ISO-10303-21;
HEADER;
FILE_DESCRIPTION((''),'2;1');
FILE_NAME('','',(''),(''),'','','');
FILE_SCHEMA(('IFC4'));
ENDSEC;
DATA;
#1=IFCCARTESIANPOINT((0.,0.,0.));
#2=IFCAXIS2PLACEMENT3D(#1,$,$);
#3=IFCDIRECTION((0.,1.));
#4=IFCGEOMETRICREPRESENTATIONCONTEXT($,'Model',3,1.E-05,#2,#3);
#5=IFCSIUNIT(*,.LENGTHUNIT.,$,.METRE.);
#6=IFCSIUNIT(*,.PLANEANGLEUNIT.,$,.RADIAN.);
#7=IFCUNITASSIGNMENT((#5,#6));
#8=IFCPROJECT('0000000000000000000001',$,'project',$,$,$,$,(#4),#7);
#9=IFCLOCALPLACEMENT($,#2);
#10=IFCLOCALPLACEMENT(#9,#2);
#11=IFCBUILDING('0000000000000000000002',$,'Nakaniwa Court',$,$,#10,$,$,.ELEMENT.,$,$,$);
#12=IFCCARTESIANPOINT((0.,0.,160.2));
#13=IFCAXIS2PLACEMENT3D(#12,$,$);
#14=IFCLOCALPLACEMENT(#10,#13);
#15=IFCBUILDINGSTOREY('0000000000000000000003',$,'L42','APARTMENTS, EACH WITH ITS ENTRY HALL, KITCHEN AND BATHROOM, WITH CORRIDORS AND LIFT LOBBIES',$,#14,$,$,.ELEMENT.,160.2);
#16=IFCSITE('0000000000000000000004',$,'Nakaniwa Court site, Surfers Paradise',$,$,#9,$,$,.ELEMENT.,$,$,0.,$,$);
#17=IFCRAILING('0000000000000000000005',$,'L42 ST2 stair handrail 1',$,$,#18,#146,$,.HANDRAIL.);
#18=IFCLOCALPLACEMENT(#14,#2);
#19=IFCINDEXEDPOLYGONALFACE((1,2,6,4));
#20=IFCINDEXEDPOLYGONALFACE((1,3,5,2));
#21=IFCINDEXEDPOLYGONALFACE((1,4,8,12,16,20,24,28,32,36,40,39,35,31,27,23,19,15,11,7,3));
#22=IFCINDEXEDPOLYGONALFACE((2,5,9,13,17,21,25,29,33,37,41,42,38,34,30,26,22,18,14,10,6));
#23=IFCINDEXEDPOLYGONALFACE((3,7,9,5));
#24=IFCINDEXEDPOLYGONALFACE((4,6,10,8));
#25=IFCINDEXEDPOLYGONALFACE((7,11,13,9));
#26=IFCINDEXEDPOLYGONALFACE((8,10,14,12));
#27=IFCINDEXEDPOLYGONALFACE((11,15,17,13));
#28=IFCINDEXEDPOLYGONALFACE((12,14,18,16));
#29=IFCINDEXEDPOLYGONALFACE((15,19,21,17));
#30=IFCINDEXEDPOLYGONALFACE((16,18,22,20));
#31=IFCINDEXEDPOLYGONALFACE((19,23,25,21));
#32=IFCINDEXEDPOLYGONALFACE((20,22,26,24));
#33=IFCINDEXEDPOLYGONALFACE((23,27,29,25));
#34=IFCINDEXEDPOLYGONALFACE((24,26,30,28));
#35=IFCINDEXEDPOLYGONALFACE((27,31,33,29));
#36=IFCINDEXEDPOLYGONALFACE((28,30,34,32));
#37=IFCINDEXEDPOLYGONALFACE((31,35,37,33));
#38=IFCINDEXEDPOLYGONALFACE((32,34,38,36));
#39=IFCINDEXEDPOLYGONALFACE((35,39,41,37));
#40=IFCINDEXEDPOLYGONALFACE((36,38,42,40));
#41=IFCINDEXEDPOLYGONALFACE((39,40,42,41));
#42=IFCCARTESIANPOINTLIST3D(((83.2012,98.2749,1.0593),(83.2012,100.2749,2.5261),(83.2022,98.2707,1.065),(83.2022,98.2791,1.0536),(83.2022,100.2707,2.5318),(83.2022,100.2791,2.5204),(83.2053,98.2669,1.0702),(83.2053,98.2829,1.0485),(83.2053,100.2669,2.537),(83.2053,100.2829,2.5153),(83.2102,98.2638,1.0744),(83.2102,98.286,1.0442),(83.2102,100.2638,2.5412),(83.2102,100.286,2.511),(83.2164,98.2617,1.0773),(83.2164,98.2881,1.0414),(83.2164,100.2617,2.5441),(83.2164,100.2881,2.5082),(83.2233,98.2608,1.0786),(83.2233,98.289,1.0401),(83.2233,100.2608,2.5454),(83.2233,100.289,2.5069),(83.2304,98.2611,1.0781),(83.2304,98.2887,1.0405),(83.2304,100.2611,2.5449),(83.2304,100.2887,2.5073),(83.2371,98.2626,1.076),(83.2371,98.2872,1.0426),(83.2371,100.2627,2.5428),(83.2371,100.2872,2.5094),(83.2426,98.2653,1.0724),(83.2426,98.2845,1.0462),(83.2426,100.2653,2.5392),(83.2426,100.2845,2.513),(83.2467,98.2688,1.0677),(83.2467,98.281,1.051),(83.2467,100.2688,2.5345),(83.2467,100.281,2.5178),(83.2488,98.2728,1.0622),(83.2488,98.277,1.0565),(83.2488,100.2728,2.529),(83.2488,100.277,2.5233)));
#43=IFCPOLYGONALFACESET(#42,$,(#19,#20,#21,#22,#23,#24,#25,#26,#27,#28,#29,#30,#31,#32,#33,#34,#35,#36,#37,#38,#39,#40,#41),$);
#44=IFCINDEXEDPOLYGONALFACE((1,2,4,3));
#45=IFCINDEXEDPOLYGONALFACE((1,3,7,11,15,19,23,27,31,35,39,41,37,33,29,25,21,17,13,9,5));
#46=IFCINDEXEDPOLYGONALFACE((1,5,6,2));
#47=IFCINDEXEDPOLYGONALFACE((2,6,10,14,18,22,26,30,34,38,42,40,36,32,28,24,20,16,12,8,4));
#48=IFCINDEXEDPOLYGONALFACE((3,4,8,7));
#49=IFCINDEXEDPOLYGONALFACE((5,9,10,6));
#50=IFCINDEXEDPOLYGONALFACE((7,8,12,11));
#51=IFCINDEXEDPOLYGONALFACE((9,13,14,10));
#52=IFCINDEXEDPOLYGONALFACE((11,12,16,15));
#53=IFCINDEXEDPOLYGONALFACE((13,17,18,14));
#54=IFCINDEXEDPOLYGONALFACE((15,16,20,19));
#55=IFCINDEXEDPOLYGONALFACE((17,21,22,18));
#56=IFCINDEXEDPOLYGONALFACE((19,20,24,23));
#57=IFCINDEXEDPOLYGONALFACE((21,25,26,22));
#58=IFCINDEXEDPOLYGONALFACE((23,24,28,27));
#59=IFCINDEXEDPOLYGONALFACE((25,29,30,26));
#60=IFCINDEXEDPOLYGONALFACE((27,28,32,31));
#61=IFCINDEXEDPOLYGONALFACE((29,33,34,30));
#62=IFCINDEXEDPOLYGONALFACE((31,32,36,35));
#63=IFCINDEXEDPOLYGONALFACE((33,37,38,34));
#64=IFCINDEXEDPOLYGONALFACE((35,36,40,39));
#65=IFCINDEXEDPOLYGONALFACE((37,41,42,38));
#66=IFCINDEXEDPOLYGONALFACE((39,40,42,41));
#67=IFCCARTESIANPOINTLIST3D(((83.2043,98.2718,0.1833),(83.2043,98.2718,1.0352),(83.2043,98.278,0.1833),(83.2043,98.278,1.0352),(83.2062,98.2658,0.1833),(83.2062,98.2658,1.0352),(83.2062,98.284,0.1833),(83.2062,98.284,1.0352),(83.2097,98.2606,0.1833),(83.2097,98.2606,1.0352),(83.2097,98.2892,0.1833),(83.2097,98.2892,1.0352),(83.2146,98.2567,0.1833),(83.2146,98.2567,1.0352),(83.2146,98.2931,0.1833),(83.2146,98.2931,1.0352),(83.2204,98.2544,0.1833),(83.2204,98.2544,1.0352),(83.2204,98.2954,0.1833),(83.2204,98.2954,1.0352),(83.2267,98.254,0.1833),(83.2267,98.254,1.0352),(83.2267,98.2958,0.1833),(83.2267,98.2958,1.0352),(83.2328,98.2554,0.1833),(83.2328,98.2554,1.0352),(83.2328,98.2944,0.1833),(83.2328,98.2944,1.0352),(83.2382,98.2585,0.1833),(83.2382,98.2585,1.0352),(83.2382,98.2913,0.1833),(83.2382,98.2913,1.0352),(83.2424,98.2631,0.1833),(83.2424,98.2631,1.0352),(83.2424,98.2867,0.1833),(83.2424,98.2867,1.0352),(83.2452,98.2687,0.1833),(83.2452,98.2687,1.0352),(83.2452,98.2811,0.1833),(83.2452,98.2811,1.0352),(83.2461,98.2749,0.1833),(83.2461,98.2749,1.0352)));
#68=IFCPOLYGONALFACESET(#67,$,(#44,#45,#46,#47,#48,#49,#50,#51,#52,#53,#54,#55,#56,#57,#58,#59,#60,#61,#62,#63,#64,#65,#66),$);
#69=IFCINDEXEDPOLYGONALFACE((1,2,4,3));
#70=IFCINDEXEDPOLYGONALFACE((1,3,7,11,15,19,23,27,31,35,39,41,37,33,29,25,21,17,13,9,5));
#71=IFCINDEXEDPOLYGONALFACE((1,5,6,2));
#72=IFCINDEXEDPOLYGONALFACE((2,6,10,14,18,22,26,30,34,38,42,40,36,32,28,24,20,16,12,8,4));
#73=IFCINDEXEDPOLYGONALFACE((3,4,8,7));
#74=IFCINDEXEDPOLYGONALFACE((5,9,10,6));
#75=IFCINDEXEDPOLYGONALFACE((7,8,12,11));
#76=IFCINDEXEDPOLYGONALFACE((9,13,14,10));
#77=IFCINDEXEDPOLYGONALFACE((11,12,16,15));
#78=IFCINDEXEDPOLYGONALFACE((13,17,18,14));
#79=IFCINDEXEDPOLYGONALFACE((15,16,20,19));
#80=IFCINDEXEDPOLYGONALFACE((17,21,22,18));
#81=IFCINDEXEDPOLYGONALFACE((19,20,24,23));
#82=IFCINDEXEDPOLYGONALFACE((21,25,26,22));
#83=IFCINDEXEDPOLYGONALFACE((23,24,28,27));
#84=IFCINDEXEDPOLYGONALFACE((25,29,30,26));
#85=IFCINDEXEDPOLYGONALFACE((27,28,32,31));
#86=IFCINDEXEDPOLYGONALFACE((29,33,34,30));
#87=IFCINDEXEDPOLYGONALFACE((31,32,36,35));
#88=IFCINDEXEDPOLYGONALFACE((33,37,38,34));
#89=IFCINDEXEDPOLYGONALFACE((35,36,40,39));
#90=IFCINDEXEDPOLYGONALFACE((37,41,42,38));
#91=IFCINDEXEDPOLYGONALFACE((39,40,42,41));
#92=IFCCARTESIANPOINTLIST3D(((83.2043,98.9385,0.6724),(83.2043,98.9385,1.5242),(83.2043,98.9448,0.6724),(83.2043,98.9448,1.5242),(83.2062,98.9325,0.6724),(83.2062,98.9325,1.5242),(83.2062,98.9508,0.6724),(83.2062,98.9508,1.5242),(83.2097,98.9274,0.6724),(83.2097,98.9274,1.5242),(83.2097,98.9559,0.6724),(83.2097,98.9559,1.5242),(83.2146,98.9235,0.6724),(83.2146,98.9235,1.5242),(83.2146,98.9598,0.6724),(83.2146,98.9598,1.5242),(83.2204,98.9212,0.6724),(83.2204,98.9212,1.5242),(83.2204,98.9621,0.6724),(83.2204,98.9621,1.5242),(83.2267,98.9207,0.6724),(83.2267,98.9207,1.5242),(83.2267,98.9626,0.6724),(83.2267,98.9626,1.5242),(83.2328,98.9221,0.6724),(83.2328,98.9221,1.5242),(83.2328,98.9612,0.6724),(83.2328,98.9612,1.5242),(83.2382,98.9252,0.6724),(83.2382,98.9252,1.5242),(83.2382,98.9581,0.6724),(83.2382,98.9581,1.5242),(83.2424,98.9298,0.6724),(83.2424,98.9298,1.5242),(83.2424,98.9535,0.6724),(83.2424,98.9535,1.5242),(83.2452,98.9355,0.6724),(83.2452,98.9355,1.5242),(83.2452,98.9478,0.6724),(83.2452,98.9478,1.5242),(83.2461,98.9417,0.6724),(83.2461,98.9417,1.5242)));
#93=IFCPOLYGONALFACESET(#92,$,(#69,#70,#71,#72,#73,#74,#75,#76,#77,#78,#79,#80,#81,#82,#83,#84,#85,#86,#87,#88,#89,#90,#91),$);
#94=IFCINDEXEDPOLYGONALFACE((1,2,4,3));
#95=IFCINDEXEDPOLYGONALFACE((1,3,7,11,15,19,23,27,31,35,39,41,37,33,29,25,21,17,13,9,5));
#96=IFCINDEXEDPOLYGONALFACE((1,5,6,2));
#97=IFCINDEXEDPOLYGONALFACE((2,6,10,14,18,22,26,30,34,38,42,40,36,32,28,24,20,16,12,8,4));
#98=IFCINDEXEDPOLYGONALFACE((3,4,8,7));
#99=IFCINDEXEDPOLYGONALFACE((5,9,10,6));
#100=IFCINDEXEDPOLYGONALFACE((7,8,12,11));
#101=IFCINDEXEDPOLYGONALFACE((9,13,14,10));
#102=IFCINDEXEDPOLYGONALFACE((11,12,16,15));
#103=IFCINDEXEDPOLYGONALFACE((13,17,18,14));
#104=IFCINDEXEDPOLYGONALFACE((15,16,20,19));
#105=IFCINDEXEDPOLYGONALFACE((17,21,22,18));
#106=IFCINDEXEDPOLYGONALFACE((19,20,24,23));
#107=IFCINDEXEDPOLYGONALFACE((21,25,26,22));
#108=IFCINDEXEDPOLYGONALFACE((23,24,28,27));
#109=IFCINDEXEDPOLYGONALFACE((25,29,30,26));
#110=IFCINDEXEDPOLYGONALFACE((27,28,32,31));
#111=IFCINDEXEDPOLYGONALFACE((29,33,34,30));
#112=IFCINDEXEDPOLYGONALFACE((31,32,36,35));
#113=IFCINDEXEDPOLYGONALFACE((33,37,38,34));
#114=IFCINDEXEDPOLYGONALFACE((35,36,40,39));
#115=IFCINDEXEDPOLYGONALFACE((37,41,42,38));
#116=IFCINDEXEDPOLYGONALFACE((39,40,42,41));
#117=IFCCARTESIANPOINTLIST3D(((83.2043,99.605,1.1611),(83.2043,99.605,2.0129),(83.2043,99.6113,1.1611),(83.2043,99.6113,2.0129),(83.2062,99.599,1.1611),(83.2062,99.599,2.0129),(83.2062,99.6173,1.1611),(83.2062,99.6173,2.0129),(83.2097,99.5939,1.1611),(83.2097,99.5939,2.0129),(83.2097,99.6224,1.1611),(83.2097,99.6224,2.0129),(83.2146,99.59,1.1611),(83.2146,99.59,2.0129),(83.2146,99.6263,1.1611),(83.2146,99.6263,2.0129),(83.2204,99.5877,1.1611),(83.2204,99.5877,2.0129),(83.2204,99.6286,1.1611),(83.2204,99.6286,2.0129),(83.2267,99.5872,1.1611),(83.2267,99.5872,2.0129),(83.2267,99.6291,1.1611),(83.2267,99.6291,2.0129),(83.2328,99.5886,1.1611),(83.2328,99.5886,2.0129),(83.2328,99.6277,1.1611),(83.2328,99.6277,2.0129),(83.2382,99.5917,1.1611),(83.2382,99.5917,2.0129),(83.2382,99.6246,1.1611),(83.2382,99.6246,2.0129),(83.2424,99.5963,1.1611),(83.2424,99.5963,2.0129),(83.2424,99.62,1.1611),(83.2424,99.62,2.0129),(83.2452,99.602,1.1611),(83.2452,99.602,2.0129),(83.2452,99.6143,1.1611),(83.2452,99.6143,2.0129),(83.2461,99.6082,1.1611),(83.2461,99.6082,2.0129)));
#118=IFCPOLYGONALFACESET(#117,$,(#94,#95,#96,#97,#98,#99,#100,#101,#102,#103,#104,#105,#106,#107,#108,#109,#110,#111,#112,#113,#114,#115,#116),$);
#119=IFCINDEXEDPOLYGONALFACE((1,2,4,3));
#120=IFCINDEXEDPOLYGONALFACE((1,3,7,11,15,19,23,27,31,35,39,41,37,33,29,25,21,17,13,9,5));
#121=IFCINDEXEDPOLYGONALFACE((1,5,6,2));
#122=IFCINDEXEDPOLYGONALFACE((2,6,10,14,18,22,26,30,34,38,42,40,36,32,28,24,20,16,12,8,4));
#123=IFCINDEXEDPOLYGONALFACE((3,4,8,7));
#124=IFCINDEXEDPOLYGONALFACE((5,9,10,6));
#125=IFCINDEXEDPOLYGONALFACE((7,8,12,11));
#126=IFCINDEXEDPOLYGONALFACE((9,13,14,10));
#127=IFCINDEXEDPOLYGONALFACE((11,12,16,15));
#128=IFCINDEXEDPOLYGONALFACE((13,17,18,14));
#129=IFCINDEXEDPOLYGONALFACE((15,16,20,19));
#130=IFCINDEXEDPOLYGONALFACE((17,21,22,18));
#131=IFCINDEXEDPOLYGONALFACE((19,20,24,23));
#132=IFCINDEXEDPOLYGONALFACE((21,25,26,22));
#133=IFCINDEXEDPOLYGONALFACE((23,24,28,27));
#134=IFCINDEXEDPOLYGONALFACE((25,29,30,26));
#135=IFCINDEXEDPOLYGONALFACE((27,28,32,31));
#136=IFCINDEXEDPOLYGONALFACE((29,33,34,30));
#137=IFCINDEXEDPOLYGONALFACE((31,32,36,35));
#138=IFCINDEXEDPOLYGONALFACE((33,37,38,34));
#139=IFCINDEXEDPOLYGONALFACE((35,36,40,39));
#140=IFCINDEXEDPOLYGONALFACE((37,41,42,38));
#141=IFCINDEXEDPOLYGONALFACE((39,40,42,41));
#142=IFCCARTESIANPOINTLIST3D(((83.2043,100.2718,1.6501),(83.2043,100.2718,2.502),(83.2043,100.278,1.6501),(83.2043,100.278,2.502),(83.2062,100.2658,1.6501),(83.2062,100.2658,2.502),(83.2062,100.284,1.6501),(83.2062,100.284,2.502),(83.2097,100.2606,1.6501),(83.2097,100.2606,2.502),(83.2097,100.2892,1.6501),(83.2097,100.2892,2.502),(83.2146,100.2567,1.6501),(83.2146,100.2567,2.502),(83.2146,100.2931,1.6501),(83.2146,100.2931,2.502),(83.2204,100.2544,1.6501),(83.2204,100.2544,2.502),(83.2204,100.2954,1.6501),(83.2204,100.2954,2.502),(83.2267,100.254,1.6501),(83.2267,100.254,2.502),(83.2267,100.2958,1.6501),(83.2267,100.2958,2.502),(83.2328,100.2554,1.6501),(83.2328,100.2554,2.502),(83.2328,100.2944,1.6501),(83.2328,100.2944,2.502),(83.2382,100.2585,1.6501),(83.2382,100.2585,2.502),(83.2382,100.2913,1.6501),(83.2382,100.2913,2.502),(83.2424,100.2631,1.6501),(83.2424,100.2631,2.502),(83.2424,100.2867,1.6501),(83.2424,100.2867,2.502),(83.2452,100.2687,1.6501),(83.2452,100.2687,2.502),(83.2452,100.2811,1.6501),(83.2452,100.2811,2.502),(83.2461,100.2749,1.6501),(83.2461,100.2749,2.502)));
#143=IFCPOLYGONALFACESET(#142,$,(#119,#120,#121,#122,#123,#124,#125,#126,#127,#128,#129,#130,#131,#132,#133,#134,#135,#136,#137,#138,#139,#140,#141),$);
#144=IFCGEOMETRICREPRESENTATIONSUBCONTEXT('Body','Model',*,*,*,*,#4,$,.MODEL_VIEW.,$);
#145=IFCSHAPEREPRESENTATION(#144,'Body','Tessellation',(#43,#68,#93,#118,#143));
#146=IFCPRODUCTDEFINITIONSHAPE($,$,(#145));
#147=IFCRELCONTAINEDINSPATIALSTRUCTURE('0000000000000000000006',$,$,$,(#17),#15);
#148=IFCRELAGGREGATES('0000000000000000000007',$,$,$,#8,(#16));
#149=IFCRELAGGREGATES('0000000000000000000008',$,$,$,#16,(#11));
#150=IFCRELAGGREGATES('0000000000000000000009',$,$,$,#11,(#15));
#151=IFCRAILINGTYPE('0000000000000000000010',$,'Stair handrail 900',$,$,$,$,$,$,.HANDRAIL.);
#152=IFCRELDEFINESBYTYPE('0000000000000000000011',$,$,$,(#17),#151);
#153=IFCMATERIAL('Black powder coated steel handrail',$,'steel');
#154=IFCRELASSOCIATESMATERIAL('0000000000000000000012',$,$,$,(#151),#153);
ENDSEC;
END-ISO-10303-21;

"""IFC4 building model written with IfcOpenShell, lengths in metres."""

from ifc_helpers import new_model, si_unit, direction, frame, origin, origin_2d, place, context, subcontext, project, spatial, circle, extrude, material, type_object, element, save


model = new_model("IFC4")

# Units and contexts
model_context = context("Model", 3, precision=1e-05, world=origin(), true_north=direction((0.0, 1.0)))
body_context = subcontext(model_context, "Body", "Model", "MODEL_VIEW")
ifc_project = project(units=[si_unit("LENGTHUNIT", "METRE"), si_unit("PLANEANGLEUNIT", "RADIAN")], contexts=[model_context])

# Site, building, storey
site_placement = place(None, origin())
site = spatial("IfcSite", under=ifc_project, at=site_placement, Name="Nakaniwa Court site, Surfers Paradise", CompositionType="ELEMENT", RefElevation=0.0)
building_placement = place(site_placement, origin())
building = spatial("IfcBuilding", under=site, at=building_placement, Name="Nakaniwa Court", CompositionType="ELEMENT")
storey_placement = place(building_placement, frame((0.0, 0.0, 160.2)))
storey = spatial("IfcBuildingStorey", under=building, at=storey_placement, Name="L42", Description="APARTMENTS, EACH WITH ITS ENTRY HALL, KITCHEN AND BATHROOM, WITH CORRIDORS AND LIFT LOBBIES", CompositionType="ELEMENT", Elevation=160.2)

# Railing
ifc_material_1 = material(Name="Black powder coated steel handrail", Category="steel")
railing_type_1 = type_object("IfcRailingType", Name="Stair handrail 900", PredefinedType="HANDRAIL", material=ifc_material_1)
railing_1_placement = place(storey_placement, frame((83.2251, 98.2749, 0.1833)))
element("IfcRailing", 1, at=railing_1_placement, inside=storey, type_object=railing_type_1, Name="L42 ST2 stair handrail 1", PredefinedType="HANDRAIL", context=body_context, shape_type="SweptSolid", body=[
    extrude(circle(Radius=0.0239, at=origin_2d()), frame((0.0, 0.0, 0.876), z_axis=(0.0, 0.80638, 0.591398), x_axis=(-1.0, 0.0, 0.0)), (0.0, 0.0, 1.0), 2.4802),
    extrude(circle(Radius=0.021, at=origin_2d()), origin(), (0.0, 0.0, 1.0), 0.8518),
    extrude(circle(Radius=0.021, at=origin_2d()), frame((0.0, 0.6667, 0.489)), (0.0, 0.0, 1.0), 0.8518),
    extrude(circle(Radius=0.021, at=origin_2d()), frame((0.0, 1.3333, 0.9778)), (0.0, 0.0, 1.0), 0.8518),
    extrude(circle(Radius=0.021, at=origin_2d()), frame((0.0, 2.0, 1.4668)), (0.0, 0.0, 1.0), 0.8518),
])

save(model, "model.ifc")
